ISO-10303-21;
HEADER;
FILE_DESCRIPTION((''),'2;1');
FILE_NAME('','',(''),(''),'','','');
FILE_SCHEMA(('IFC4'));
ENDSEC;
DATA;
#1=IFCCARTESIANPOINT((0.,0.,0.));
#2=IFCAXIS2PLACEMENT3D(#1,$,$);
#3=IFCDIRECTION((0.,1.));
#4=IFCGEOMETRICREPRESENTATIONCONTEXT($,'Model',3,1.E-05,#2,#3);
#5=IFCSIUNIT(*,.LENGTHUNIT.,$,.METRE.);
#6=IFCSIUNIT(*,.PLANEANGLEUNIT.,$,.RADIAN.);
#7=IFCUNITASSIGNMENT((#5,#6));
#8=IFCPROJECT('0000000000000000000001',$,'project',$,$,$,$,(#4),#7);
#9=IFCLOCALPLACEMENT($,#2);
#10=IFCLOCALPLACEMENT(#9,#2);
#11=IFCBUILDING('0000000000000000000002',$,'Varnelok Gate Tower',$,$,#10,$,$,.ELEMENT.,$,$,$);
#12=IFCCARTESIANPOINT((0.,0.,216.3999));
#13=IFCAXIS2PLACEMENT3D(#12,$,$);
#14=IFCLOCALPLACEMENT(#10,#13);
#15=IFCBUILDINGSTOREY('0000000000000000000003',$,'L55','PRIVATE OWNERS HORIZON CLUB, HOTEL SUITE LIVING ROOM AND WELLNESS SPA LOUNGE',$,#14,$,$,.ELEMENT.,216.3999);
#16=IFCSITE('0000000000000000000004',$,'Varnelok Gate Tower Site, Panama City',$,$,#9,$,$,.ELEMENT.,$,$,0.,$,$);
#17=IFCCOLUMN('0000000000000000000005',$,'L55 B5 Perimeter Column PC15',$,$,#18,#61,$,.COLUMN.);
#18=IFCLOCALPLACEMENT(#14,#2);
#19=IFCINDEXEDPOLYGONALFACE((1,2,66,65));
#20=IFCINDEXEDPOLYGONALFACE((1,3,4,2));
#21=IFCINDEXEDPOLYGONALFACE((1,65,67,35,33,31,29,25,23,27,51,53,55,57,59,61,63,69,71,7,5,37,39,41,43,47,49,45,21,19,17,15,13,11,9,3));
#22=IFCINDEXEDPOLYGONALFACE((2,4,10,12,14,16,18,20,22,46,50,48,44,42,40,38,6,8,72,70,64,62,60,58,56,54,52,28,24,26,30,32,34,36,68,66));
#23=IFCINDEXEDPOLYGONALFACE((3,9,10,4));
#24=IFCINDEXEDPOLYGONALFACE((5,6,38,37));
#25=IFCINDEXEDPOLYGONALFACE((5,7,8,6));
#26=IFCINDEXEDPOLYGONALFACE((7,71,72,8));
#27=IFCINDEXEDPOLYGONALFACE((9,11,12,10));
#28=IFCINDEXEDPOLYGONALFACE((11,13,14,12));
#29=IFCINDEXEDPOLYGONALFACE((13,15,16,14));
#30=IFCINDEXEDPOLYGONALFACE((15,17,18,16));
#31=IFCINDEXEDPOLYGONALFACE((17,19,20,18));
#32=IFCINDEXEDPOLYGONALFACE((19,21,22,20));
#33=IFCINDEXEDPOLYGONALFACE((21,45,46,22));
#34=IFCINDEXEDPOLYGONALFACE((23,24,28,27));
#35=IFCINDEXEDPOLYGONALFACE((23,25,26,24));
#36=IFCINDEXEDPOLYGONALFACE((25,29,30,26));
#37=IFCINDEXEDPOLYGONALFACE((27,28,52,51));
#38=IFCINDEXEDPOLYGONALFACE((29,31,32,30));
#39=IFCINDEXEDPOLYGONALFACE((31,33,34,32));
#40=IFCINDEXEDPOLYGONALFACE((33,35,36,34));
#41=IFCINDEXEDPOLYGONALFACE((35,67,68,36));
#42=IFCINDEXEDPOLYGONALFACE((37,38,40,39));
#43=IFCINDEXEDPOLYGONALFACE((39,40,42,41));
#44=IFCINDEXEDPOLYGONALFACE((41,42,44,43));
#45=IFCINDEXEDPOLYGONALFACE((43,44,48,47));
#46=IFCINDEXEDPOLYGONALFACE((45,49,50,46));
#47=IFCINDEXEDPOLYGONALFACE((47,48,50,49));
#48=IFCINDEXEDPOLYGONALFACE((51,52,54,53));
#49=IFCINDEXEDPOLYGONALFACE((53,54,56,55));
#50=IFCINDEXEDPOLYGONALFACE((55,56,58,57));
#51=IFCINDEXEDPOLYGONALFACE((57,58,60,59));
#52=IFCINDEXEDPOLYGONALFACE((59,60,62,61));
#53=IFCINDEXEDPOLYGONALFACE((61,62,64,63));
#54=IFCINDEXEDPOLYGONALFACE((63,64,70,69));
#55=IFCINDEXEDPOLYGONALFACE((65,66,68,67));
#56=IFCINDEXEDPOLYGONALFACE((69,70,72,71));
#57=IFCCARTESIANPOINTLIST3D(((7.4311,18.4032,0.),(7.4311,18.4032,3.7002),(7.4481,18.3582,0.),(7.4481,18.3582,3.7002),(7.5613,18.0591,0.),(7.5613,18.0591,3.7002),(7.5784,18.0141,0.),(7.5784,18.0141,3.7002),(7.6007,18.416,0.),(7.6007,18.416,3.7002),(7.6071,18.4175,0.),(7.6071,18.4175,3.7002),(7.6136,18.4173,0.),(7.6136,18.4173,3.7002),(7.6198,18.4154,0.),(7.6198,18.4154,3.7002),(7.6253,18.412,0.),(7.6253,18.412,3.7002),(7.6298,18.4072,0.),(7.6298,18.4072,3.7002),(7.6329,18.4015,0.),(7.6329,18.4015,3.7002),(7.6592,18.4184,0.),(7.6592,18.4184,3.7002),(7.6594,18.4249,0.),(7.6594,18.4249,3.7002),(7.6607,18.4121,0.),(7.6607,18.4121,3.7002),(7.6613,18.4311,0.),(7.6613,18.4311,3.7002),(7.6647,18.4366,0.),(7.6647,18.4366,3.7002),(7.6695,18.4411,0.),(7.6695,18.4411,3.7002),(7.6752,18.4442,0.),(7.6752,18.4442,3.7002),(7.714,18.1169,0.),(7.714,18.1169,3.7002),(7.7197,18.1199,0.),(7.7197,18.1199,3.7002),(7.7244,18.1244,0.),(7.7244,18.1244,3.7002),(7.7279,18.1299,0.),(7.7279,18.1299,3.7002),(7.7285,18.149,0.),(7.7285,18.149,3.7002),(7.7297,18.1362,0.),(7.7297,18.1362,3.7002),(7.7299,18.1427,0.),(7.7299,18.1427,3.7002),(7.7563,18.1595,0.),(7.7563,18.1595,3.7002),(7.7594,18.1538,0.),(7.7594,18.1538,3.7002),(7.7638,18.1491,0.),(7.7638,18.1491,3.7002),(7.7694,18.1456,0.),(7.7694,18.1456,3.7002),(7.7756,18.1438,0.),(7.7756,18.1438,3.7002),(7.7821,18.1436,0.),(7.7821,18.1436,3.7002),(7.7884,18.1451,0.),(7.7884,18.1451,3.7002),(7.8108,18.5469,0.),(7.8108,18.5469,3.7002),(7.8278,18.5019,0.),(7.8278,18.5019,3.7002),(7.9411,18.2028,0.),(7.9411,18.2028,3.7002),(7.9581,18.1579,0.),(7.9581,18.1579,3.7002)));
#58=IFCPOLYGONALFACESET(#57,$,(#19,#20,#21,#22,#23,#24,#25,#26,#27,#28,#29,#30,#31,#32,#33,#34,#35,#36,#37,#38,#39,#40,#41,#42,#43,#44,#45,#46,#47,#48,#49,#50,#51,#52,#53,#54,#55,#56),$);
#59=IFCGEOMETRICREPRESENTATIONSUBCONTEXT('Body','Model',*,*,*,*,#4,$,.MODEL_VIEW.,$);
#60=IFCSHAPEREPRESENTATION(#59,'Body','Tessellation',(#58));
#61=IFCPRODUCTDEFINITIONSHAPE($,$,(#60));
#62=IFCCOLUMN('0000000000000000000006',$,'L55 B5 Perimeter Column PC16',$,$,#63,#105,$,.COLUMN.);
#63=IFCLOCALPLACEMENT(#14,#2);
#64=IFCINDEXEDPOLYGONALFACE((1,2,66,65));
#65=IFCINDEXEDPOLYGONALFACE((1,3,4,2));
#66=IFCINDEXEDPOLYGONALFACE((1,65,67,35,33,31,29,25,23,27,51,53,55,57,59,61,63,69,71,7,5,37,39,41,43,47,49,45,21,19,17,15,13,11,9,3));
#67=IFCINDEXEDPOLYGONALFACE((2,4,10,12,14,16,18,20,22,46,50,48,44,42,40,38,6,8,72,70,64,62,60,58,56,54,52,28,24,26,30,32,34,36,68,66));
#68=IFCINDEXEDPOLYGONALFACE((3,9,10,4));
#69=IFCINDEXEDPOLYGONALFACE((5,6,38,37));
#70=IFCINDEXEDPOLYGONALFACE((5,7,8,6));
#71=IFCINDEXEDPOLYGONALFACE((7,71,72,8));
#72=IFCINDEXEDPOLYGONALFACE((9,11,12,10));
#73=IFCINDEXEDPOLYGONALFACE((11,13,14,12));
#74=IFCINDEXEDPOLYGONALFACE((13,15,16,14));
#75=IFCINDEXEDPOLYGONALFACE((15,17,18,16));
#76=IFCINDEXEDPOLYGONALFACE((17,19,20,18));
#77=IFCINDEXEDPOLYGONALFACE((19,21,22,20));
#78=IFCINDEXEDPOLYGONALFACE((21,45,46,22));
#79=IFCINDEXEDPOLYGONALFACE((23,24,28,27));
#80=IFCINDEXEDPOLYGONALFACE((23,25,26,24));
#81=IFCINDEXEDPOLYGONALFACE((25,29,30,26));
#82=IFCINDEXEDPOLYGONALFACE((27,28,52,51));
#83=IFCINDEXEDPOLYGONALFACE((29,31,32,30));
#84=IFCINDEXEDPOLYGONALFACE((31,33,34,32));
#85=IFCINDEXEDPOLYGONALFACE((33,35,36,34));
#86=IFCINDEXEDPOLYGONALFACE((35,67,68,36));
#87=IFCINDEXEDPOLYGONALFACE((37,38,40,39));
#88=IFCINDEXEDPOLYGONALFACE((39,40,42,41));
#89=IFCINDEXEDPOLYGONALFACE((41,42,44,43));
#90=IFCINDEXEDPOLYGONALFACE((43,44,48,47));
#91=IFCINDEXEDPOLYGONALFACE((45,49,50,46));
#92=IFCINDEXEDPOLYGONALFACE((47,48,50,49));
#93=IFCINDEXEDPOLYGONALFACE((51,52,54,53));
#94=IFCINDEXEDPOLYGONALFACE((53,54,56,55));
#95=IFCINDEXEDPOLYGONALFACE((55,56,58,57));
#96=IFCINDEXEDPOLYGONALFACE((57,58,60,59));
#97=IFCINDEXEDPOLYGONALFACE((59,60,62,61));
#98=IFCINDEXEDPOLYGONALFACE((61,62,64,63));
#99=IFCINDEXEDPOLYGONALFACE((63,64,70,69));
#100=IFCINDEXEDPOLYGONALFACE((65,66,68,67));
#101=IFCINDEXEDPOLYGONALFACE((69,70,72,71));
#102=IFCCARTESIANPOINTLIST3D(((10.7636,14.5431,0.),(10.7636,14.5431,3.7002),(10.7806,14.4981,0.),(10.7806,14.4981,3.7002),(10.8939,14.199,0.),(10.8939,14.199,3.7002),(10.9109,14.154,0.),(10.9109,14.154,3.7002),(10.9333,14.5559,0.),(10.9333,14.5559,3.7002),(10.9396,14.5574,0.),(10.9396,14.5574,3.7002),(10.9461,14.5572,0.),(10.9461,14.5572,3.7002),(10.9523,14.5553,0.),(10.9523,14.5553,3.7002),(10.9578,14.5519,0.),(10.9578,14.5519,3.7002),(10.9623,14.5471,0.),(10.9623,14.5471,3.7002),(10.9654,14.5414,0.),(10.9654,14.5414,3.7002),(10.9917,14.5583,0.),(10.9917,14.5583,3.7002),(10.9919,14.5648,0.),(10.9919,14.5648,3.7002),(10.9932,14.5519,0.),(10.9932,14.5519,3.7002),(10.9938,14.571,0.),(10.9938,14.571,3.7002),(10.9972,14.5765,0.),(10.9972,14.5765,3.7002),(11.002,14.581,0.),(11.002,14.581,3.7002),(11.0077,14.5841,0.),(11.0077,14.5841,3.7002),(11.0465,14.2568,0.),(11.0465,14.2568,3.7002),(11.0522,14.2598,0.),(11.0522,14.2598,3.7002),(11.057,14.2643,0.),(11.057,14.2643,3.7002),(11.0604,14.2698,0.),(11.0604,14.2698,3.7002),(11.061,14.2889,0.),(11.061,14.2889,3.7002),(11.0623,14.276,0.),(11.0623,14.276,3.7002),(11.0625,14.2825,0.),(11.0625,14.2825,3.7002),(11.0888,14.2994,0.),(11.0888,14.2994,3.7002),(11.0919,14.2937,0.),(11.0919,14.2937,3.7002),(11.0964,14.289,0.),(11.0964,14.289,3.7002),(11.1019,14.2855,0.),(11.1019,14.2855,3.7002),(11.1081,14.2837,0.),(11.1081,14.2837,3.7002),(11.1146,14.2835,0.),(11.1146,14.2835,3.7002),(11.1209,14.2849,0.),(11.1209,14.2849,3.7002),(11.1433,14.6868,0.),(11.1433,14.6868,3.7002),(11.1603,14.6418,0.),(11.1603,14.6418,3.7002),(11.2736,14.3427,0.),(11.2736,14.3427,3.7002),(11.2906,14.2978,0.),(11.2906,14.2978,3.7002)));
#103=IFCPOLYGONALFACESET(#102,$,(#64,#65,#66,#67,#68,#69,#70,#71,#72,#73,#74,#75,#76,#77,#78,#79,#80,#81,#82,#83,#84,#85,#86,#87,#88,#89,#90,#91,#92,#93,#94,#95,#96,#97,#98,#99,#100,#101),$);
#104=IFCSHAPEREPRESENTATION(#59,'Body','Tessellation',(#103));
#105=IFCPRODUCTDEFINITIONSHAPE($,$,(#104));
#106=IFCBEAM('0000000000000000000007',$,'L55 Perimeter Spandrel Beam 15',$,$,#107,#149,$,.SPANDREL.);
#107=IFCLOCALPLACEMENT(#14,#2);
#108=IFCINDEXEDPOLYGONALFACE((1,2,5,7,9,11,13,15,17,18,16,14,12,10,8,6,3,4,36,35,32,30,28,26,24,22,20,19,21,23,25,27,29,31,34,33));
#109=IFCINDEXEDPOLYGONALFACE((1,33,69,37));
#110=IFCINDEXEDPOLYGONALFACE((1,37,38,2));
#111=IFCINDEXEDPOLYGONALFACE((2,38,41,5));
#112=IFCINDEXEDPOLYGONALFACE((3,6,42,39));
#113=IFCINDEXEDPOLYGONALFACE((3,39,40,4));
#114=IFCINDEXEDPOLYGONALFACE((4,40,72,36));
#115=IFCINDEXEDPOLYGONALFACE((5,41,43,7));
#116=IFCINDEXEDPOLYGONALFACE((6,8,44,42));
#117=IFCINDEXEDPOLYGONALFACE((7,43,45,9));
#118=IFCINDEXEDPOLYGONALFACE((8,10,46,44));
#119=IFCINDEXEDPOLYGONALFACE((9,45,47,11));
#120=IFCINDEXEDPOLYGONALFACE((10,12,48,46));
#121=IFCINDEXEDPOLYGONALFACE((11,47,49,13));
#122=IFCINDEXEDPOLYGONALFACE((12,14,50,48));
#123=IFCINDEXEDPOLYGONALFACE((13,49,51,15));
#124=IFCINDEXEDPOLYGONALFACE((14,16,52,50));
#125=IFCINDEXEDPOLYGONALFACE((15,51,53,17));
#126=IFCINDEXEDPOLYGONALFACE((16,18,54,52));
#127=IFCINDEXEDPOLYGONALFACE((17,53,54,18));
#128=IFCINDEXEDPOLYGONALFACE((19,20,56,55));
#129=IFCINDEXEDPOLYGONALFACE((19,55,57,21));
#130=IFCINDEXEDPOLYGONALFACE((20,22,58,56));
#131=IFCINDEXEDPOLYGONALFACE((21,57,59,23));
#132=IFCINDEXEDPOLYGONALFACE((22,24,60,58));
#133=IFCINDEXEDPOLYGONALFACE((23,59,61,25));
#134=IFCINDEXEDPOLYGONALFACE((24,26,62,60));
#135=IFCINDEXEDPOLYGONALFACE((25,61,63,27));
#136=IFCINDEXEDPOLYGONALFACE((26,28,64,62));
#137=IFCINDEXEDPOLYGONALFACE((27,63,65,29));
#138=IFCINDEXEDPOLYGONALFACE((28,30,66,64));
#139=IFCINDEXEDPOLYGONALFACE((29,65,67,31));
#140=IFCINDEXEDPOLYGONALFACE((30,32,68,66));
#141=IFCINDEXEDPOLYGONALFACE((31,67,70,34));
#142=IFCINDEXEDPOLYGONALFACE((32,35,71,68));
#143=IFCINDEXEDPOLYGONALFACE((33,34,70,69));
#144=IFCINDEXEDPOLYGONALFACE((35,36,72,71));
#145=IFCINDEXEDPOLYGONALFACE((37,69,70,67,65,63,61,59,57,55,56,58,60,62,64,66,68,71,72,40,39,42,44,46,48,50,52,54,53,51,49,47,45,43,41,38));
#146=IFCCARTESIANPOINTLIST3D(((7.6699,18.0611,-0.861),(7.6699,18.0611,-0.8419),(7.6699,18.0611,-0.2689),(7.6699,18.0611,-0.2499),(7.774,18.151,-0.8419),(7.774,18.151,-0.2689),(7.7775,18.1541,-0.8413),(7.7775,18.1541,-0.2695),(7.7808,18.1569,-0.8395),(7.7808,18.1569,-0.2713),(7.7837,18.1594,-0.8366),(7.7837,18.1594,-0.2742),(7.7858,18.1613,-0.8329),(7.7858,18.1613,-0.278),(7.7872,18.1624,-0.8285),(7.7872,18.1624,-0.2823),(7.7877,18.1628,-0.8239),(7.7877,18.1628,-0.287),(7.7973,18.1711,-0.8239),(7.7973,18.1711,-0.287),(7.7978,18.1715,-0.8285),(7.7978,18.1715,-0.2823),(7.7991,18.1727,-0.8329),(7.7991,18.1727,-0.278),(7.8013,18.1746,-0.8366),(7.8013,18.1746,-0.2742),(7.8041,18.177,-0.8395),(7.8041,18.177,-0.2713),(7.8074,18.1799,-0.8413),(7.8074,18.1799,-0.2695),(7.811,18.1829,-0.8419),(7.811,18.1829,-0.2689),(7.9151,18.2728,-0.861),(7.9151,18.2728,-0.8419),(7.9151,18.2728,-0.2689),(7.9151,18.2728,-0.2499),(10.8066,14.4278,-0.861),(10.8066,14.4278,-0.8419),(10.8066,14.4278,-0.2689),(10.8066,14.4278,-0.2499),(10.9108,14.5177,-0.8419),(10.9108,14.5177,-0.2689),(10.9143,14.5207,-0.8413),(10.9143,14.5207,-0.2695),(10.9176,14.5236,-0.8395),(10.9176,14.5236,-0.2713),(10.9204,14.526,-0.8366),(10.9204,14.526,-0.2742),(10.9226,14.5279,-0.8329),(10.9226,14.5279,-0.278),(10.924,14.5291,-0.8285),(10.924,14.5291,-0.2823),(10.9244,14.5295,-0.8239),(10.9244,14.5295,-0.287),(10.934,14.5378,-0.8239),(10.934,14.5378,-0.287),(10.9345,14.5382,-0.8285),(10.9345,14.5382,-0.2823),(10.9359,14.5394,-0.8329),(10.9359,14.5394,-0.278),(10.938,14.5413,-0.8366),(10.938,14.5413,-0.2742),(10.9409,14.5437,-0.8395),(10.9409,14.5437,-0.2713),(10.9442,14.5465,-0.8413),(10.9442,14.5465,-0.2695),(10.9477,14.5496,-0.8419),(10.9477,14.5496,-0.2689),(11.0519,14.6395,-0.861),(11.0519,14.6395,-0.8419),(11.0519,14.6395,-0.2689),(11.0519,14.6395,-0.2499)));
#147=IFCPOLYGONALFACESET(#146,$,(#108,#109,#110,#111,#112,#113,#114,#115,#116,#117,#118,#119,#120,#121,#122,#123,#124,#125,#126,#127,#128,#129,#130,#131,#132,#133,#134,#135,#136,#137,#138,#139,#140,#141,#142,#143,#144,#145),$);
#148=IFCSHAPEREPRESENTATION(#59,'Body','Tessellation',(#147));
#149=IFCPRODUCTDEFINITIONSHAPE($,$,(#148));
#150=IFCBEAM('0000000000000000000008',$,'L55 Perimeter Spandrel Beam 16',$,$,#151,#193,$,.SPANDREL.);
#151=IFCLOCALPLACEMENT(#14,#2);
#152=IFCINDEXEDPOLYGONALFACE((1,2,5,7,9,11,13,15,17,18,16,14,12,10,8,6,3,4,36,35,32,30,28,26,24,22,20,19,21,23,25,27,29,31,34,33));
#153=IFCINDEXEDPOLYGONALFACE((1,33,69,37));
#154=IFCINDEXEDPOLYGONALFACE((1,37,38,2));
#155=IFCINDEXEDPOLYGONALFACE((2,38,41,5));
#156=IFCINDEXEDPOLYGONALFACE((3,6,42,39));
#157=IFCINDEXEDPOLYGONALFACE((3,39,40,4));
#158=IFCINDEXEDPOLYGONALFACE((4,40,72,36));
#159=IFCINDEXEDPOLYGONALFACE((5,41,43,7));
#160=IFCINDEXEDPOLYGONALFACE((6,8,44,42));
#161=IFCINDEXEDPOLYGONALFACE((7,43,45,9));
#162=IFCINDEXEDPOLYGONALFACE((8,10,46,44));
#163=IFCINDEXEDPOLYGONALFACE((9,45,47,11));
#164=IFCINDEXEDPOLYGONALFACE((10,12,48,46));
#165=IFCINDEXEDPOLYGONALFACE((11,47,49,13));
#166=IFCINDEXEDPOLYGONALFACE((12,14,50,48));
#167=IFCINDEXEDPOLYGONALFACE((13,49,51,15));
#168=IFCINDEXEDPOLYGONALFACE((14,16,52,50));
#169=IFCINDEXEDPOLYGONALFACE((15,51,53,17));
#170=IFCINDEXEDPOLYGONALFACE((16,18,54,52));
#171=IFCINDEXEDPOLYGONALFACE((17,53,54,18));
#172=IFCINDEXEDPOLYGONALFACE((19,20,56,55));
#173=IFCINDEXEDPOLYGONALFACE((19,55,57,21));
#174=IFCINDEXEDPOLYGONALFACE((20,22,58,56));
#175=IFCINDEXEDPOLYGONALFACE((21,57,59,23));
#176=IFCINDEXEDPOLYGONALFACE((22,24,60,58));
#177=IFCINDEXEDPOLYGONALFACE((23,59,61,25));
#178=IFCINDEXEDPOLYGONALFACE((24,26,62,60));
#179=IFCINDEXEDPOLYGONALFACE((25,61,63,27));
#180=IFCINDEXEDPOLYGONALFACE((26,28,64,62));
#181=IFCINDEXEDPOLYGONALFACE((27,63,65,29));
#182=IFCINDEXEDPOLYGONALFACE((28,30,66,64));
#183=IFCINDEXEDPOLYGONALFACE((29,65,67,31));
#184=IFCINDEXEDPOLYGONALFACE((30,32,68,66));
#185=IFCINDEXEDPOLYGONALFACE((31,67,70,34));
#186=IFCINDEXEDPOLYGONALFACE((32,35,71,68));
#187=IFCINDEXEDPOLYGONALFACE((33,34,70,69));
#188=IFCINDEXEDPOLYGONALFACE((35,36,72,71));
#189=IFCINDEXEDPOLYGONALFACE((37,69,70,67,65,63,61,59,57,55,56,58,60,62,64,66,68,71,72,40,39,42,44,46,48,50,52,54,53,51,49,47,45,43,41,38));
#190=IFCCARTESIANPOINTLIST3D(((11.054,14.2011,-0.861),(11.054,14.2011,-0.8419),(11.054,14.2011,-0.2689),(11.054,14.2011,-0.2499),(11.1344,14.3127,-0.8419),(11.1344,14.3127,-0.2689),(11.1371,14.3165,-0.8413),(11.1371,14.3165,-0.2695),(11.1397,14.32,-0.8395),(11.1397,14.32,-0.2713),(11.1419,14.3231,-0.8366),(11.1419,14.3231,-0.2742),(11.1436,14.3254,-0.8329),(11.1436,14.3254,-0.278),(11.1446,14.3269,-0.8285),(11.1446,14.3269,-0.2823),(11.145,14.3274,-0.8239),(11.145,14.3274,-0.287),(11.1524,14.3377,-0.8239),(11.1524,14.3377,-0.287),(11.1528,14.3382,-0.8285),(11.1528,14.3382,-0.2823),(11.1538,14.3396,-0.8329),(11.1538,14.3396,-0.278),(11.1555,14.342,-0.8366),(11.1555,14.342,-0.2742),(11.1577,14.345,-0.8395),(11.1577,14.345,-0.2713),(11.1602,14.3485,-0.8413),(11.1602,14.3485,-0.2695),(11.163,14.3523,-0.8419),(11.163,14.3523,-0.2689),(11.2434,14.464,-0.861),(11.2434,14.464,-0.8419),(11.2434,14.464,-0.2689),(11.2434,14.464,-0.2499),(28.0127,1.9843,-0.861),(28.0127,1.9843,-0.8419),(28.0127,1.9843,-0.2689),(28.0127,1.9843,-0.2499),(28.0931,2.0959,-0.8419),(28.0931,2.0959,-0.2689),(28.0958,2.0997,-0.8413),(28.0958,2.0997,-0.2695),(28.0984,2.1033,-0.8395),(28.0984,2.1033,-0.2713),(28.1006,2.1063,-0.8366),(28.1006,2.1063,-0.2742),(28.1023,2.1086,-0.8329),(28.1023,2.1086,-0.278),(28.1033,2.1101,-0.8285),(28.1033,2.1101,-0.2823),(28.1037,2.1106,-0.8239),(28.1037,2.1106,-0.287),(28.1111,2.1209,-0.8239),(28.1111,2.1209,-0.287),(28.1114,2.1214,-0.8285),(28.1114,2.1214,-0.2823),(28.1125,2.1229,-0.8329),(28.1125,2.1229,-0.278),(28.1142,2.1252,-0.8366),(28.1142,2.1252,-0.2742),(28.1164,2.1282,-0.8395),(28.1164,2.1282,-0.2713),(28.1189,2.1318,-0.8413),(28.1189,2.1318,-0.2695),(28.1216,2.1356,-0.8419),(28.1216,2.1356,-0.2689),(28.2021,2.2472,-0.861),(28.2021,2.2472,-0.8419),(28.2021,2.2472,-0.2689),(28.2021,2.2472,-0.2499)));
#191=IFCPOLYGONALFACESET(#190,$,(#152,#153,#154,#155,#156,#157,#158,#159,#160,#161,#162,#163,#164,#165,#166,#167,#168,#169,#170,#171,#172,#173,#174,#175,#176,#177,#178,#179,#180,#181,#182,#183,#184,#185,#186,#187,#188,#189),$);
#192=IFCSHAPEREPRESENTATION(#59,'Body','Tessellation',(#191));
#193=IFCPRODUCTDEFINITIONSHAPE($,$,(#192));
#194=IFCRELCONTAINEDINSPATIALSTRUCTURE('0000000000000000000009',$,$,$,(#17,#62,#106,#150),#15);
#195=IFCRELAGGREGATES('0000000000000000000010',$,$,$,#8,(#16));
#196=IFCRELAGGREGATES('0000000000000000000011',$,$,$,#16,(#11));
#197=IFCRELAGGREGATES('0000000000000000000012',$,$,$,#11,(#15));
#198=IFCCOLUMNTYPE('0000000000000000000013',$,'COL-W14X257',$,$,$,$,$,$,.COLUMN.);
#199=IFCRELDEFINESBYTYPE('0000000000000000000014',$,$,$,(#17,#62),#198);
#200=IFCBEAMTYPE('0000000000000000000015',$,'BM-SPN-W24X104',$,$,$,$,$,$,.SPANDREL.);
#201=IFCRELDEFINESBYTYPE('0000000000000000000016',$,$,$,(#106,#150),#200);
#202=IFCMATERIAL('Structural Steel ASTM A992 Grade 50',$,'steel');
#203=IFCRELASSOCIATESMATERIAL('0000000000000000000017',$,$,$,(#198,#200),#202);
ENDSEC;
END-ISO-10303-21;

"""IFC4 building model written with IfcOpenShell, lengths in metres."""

from ifc_helpers import new_model, si_unit, direction, frame, origin, origin_2d, place, context, subcontext, project, spatial, i_section, extrude, material, material_profile, profile_set, type_object, element, save


model = new_model("IFC4")

# Units and contexts
model_context = context("Model", 3, precision=1e-05, world=origin(), true_north=direction((0.0, 1.0)))
body_context = subcontext(model_context, "Body", "Model", "MODEL_VIEW")
ifc_project = project(units=[si_unit("LENGTHUNIT", "METRE"), si_unit("PLANEANGLEUNIT", "RADIAN")], contexts=[model_context])

# Site, building, storey
site_placement = place(None, origin())
site = spatial("IfcSite", under=ifc_project, at=site_placement, Name="Varnelok Gate Tower Site, Panama City", CompositionType="ELEMENT", RefElevation=0.0)
building_placement = place(site_placement, origin())
building = spatial("IfcBuilding", under=site, at=building_placement, Name="Varnelok Gate Tower", CompositionType="ELEMENT")
storey_placement = place(building_placement, frame((0.0, 0.0, 216.3999)))
storey = spatial("IfcBuildingStorey", under=building, at=storey_placement, Name="L55", Description="PRIVATE OWNERS HORIZON CLUB, HOTEL SUITE LIVING ROOM AND WELLNESS SPA LOUNGE", CompositionType="ELEMENT", Elevation=216.3999)

# Columns
ifc_material_1 = material(Name="Structural Steel ASTM A992 Grade 50", Category="steel")
ifc_material_profile_1 = material_profile(ifc_material_1, i_section(OverallWidth=0.406, OverallDepth=0.416, WebThickness=0.0298, FlangeThickness=0.0481, FilletRadius=0.0249, at=origin_2d()), Name="W14X257")
ifc_profile_set_1 = profile_set([ifc_material_profile_1], Name="Structural Steel ASTM A992 Grade 50")
column_type = type_object("IfcColumnType", Name="COL-W14X257", PredefinedType="COLUMN", material=ifc_profile_set_1)
for number, where, z_axis, x_axis, name in (
    (1, (7.6946, 18.2805, 0.0), (0.0, 0.0, 1.0), (0.935222, 0.354063, 0.0), "L55 B5 Perimeter Column PC15"),
    (2, (11.0271, 14.4204, 0.0), (0.0, 0.0, 1.0), (0.935222, 0.354063, 0.0), "L55 B5 Perimeter Column PC16"),
):
    element("IfcColumn", number, at=place(storey_placement, frame(where, z_axis=z_axis, x_axis=x_axis)), inside=storey, type_object=column_type, Name=name, PredefinedType="COLUMN", context=body_context, shape_type="SweptSolid", body=[
        extrude(i_section(OverallWidth=0.406, OverallDepth=0.416, WebThickness=0.0298, FlangeThickness=0.0481, FilletRadius=0.0249, at=origin_2d()), origin(), (0.0, 0.0, 1.0), 3.7002),
    ])

# Beams
ifc_material_profile_2 = material_profile(ifc_material_1, i_section(OverallWidth=0.324, OverallDepth=0.6111, WebThickness=0.0127, FlangeThickness=0.019, FilletRadius=0.0181, at=origin_2d()), Name="W24X104")
ifc_profile_set_2 = profile_set([ifc_material_profile_2], Name="Structural Steel ASTM A992 Grade 50")
beam_type = type_object("IfcBeamType", Name="BM-SPN-W24X104", PredefinedType="SPANDREL", material=ifc_profile_set_2)
beam_1_placement = place(storey_placement, frame((7.7925, 18.167, -0.5554), z_axis=(0.653485, -0.75694, 0.0), x_axis=(0.75694, 0.653485, 0.0)))
element("IfcBeam", 3, at=beam_1_placement, inside=storey, type_object=beam_type, Name="L55 Perimeter Spandrel Beam 15", PredefinedType="SPANDREL", context=body_context, shape_type="SweptSolid", body=[
    extrude(i_section(OverallWidth=0.324, OverallDepth=0.6111, WebThickness=0.0127, FlangeThickness=0.019, FilletRadius=0.0181, at=origin_2d()), origin(), (0.0, 0.0, 1.0), 4.8),
])
beam_2_placement = place(storey_placement, frame((11.1487, 14.3325, -0.5554), z_axis=(0.811387, -0.58451, 0.0), x_axis=(0.58451, 0.811387, 0.0)))
element("IfcBeam", 4, at=beam_2_placement, inside=storey, type_object=beam_type, Name="L55 Perimeter Spandrel Beam 16", PredefinedType="SPANDREL", context=body_context, shape_type="SweptSolid", body=[
    extrude(i_section(OverallWidth=0.324, OverallDepth=0.6111, WebThickness=0.0127, FlangeThickness=0.019, FilletRadius=0.0181, at=origin_2d()), origin(), (0.0, 0.0, 1.0), 20.9009),
])

save(model, "model.ifc")
